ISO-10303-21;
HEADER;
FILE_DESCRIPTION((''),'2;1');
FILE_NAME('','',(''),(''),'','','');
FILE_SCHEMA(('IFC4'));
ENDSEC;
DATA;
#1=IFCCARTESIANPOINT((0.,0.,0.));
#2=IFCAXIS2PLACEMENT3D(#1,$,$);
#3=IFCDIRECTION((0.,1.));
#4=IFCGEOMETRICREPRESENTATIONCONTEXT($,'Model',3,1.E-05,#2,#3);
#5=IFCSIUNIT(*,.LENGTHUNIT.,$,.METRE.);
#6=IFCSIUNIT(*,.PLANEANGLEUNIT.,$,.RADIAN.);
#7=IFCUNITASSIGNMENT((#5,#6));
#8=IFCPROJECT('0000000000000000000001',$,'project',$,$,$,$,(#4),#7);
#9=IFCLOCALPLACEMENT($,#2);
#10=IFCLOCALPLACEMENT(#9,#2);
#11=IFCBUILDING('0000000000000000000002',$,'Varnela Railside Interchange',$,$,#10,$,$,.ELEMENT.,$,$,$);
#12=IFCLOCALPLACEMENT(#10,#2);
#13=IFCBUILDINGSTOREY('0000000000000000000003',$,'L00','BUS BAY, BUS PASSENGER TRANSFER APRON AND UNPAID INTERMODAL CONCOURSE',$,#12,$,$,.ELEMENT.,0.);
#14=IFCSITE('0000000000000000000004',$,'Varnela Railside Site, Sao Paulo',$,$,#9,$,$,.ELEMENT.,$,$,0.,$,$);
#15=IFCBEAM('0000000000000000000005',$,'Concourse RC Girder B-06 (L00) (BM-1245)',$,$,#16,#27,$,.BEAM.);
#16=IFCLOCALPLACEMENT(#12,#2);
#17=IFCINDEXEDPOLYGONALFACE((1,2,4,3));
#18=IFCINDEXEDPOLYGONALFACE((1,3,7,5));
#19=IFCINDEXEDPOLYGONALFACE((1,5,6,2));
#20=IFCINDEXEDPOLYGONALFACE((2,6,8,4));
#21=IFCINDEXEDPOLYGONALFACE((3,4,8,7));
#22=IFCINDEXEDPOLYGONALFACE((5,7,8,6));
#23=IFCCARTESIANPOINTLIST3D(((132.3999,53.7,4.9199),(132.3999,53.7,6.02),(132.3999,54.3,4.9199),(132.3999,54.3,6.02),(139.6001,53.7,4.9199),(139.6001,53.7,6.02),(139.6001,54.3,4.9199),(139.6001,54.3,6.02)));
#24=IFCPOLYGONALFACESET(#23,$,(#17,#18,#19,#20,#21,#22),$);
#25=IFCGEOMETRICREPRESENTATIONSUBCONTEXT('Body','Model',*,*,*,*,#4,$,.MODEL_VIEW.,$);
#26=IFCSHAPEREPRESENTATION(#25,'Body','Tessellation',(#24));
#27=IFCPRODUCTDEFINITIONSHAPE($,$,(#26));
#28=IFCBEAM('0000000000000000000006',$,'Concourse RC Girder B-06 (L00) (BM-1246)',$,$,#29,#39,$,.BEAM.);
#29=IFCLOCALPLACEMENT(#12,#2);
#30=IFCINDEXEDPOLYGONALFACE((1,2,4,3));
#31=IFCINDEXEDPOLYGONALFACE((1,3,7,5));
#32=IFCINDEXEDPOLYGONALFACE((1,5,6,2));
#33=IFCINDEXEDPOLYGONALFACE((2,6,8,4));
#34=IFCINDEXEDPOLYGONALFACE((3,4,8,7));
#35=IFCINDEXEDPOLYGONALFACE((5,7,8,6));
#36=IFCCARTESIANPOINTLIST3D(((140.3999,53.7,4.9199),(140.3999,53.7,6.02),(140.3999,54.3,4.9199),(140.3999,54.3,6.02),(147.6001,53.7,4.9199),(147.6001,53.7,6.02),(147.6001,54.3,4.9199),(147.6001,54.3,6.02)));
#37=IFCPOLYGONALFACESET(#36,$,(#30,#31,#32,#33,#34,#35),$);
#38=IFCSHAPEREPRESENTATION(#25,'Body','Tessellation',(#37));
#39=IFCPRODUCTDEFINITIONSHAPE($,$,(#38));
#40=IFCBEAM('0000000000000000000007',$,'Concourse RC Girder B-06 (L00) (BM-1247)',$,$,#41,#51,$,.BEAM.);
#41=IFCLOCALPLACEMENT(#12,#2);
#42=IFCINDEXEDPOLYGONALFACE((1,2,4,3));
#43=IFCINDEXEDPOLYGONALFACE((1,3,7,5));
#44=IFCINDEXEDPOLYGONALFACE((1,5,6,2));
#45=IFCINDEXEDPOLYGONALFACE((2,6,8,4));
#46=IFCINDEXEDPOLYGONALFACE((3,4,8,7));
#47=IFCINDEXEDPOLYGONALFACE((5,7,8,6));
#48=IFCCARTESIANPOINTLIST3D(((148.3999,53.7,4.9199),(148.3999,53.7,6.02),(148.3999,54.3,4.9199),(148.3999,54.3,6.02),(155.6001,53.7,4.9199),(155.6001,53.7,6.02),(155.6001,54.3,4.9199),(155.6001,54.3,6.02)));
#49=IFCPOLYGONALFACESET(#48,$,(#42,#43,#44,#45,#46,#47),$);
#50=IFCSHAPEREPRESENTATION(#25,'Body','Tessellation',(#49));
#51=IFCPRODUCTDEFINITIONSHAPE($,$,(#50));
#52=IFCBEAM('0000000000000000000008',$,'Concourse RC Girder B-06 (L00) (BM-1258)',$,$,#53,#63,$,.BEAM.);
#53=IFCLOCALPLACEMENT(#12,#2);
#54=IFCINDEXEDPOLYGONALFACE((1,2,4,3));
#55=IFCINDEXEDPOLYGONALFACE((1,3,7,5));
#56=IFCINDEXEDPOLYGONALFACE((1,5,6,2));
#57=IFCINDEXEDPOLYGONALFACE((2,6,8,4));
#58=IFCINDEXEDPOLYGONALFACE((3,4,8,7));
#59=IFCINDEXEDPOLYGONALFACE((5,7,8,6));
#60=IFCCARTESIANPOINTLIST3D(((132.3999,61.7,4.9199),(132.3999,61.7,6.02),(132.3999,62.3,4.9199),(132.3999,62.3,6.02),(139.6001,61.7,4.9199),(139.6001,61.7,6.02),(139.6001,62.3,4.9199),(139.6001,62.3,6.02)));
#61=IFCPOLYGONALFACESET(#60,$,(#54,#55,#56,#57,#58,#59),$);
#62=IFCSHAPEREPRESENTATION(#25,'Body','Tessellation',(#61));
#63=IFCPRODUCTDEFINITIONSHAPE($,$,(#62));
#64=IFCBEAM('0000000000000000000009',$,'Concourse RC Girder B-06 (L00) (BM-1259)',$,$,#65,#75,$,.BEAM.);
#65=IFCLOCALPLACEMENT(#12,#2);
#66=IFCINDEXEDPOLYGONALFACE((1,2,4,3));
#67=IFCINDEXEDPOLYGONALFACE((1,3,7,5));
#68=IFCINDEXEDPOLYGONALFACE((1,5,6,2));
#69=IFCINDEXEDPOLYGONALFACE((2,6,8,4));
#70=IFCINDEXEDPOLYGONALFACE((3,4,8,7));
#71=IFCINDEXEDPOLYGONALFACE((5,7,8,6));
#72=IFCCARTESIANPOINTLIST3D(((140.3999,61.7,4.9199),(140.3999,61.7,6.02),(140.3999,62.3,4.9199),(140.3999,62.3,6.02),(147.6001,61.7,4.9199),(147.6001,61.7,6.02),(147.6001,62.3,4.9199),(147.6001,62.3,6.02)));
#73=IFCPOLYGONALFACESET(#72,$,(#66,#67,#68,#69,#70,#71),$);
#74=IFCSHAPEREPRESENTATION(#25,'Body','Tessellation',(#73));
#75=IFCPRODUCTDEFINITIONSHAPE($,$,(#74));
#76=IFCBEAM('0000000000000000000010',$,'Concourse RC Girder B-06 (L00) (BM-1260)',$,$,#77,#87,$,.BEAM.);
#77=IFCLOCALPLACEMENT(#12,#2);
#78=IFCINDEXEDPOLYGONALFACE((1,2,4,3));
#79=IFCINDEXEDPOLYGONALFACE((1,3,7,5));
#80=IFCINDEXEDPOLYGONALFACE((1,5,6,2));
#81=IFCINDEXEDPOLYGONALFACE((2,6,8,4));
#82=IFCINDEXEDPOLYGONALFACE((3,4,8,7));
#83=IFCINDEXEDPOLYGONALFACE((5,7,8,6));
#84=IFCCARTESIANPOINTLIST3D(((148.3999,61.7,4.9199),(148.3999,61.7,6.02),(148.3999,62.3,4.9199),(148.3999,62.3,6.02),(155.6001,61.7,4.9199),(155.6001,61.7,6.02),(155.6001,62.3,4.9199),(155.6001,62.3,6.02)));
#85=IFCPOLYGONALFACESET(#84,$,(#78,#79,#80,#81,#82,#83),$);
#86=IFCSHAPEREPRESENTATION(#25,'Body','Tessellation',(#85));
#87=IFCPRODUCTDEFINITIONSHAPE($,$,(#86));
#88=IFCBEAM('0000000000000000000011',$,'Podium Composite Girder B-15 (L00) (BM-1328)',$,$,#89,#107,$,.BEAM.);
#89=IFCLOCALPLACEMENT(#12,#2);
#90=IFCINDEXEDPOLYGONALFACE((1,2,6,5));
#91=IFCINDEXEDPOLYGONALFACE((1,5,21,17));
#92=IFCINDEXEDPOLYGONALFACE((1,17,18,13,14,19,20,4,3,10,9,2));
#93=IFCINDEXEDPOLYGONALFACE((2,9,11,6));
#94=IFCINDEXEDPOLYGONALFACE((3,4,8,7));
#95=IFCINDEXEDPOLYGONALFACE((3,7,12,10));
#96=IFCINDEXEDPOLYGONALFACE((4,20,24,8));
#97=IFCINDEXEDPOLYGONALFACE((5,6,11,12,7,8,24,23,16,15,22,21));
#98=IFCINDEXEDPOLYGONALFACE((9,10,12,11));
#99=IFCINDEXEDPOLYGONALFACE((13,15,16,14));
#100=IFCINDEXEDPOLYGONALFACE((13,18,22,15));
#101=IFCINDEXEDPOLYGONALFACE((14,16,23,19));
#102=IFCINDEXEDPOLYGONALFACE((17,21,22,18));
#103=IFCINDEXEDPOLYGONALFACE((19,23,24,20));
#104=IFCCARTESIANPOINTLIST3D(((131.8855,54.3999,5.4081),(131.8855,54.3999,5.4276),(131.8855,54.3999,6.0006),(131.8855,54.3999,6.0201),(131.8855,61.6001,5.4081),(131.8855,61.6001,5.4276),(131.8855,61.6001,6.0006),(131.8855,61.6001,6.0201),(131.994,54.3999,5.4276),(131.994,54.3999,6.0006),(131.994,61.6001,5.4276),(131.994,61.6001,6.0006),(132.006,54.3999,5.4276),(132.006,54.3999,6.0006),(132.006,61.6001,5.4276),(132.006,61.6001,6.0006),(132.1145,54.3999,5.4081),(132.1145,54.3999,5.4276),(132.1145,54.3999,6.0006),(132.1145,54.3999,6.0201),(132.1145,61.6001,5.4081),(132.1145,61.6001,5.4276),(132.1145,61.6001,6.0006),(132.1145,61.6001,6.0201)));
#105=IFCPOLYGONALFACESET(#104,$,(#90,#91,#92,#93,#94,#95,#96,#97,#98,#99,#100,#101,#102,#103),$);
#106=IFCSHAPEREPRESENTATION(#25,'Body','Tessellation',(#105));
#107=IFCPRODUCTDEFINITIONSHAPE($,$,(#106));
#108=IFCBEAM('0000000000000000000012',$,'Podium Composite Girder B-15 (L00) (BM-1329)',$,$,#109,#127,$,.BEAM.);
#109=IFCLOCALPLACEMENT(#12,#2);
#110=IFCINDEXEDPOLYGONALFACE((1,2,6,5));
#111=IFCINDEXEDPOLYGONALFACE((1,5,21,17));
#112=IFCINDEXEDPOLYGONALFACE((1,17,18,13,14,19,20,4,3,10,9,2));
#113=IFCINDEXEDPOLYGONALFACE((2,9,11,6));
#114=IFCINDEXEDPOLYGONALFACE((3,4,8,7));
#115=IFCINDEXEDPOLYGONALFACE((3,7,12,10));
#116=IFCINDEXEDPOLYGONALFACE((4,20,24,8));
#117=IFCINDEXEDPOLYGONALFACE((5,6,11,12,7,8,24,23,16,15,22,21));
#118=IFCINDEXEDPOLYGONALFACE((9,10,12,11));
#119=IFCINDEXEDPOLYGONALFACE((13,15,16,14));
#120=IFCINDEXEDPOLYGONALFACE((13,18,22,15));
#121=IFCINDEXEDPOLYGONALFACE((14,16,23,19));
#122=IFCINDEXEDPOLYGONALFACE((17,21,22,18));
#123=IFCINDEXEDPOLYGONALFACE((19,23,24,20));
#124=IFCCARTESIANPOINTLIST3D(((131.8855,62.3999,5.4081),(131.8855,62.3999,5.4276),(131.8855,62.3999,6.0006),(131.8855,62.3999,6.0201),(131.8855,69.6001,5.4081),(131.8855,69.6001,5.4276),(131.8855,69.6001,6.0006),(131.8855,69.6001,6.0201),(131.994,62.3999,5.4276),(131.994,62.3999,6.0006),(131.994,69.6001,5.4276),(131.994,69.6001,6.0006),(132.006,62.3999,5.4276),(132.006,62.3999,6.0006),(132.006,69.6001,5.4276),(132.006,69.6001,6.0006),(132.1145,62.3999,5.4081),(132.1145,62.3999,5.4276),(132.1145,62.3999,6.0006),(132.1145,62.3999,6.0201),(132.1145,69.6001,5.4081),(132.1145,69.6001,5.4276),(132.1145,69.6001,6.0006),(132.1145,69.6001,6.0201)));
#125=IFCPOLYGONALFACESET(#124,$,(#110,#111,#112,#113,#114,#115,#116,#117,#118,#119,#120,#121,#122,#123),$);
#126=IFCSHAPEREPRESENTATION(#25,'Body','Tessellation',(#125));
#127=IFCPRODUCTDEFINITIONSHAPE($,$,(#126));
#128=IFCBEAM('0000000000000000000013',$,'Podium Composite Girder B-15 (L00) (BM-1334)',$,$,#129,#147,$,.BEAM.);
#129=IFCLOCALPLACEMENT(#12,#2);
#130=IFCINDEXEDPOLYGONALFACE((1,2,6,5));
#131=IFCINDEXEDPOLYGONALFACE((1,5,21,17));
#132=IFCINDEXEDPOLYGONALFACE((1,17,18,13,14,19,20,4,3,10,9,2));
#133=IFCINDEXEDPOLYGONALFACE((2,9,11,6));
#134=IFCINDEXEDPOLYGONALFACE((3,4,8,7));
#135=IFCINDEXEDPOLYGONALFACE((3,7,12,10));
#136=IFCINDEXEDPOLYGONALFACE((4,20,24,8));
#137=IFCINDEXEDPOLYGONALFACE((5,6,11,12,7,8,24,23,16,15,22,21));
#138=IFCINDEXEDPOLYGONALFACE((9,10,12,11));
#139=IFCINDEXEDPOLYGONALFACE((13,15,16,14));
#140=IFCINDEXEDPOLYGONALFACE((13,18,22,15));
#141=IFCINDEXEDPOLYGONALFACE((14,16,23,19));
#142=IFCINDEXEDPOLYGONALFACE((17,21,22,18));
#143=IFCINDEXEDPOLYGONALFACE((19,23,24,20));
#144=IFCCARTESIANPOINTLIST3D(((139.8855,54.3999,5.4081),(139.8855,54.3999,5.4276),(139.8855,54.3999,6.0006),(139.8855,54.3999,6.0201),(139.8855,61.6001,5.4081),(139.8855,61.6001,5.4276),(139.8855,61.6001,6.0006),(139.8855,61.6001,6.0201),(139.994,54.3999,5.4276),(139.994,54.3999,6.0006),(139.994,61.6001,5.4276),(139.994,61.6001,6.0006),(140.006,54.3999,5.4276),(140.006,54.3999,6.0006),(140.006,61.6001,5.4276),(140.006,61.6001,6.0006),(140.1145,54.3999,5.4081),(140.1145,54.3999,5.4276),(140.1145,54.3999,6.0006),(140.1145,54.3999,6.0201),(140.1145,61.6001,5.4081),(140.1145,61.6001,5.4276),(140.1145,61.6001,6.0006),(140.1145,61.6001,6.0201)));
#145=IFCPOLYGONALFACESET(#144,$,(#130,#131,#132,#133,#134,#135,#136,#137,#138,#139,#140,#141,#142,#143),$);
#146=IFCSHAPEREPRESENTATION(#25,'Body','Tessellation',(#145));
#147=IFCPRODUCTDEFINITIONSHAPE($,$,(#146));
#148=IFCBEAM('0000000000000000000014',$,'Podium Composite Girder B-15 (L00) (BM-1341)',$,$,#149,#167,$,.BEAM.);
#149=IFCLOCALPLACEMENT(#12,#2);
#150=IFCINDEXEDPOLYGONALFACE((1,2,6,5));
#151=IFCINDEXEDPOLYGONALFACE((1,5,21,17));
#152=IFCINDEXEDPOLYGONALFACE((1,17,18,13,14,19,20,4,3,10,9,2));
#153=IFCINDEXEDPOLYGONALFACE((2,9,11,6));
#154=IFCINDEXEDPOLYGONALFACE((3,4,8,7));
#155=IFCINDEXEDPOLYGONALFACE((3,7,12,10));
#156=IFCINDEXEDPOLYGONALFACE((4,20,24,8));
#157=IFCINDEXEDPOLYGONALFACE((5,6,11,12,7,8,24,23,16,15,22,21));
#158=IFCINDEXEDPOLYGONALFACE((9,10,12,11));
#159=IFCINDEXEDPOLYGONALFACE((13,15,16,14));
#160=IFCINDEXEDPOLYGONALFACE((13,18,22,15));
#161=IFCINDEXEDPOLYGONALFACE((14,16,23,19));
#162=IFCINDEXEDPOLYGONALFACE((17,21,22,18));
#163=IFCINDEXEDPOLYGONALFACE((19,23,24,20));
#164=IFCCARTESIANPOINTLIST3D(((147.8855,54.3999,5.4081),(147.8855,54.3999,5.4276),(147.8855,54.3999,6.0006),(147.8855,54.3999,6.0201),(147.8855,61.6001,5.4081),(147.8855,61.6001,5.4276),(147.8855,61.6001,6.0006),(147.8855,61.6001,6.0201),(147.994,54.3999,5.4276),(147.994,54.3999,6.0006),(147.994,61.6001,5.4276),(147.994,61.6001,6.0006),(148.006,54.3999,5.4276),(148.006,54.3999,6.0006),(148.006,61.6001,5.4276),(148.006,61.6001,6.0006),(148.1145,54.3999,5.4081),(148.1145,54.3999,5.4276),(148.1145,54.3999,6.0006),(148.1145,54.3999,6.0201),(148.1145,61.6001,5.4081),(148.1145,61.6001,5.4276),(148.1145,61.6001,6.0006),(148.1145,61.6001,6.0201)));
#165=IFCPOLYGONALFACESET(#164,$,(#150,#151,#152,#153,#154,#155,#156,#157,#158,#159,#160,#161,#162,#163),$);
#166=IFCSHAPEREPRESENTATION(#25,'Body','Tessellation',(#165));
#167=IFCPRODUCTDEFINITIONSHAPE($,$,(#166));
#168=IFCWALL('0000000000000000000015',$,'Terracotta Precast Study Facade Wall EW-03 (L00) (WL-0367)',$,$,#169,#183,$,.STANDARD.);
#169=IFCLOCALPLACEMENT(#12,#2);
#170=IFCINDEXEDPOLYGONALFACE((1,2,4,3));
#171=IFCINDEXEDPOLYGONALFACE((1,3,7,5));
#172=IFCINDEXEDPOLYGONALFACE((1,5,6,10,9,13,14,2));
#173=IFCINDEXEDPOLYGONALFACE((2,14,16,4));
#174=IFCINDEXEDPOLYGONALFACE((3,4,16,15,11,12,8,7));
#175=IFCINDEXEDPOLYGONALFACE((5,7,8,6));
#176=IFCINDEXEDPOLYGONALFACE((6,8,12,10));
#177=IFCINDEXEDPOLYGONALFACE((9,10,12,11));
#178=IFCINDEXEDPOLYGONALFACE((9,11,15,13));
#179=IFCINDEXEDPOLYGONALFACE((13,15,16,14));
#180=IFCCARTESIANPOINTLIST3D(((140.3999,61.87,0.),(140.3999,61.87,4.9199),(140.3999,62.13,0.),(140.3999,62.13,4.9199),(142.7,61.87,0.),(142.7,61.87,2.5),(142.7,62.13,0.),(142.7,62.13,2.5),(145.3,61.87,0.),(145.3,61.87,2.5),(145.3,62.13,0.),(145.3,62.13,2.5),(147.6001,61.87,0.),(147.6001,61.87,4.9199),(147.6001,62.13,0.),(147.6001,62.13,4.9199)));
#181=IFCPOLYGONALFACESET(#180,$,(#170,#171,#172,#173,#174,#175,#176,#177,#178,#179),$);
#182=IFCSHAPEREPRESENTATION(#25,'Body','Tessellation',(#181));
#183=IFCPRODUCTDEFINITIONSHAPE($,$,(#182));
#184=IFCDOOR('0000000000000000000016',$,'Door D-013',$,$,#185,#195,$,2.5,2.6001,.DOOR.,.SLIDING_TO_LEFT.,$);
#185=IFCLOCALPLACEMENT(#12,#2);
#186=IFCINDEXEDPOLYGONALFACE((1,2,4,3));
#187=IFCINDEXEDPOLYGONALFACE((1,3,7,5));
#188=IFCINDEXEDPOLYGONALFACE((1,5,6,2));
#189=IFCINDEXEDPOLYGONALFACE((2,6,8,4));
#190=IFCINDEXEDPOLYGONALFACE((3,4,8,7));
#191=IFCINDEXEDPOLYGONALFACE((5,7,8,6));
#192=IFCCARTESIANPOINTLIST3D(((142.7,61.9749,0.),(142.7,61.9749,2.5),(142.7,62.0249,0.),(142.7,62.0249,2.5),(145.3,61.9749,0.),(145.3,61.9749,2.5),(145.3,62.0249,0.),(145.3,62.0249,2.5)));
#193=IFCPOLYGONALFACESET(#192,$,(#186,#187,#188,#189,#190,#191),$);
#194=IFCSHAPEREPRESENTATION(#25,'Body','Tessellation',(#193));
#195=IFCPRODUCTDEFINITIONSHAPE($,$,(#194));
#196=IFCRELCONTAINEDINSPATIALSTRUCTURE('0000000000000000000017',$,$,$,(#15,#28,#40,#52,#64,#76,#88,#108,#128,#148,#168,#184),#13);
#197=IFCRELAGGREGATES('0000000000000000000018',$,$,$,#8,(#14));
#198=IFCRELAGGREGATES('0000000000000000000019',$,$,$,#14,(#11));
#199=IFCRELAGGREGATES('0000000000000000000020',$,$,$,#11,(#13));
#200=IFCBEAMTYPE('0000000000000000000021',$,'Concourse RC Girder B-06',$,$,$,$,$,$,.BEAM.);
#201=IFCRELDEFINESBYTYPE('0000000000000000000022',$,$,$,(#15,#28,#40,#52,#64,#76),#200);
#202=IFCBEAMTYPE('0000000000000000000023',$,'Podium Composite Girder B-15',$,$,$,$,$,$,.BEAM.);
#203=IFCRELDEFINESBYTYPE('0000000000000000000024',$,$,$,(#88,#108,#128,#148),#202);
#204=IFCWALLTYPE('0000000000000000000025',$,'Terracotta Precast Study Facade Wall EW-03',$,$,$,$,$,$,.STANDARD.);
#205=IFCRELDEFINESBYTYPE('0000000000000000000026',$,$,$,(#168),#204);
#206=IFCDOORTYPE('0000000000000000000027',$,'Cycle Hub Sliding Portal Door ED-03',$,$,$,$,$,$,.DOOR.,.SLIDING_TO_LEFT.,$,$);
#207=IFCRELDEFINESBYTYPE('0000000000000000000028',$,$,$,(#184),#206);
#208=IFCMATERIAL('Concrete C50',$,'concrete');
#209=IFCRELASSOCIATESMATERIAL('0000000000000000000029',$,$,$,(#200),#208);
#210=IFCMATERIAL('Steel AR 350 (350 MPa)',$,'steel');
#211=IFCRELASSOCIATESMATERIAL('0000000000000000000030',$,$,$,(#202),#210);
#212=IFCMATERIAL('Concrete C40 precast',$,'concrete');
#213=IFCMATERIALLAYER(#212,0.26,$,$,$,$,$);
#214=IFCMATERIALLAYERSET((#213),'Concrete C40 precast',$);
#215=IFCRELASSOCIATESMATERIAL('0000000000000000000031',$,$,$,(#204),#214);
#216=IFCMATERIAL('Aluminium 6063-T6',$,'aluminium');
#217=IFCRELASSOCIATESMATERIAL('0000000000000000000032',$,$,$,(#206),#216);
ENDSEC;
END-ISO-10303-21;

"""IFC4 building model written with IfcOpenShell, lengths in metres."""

from ifc_helpers import new_model, si_unit, direction, frame, frame_2d, origin, origin_2d, place, context, subcontext, project, spatial, rectangle, i_section, extrude, material, layer, layer_set, material_profile, profile_set, type_object, element, fill, save


model = new_model("IFC4")

# Units and contexts
model_context = context("Model", 3, precision=1e-05, world=origin(), true_north=direction((0.0, 1.0)))
body_context = subcontext(model_context, "Body", "Model", "MODEL_VIEW")
ifc_project = project(units=[si_unit("LENGTHUNIT", "METRE"), si_unit("PLANEANGLEUNIT", "RADIAN")], contexts=[model_context])

# Site, building, storey
site_placement = place(None, origin())
site = spatial("IfcSite", under=ifc_project, at=site_placement, Name="Varnela Railside Site, Sao Paulo", CompositionType="ELEMENT", RefElevation=0.0)
building_placement = place(site_placement, origin())
building = spatial("IfcBuilding", under=site, at=building_placement, Name="Varnela Railside Interchange", CompositionType="ELEMENT")
storey_placement = place(building_placement, origin())
storey = spatial("IfcBuildingStorey", under=building, at=storey_placement, Name="L00", Description="BUS BAY, BUS PASSENGER TRANSFER APRON AND UNPAID INTERMODAL CONCOURSE", CompositionType="ELEMENT", Elevation=0.0)

# Shared definitions
ifc_material_1 = material(Name="Concrete C50", Category="concrete")

# Beams
ifc_material_2 = material(Name="Steel AR 350 (350 MPa)", Category="steel")
ifc_material_profile_1 = material_profile(ifc_material_1, rectangle(XDim=0.6001, YDim=1.1001, at=origin_2d()), Name="RC 600x1100")
ifc_profile_set_1 = profile_set([ifc_material_profile_1], Name="Concrete C50")
beam_type_1 = type_object("IfcBeamType", Name="Concourse RC Girder B-06", PredefinedType="BEAM", material=ifc_profile_set_1)
for number, where, z_axis, x_axis, name in (
    (1, (132.3999, 54.0, 5.47), (1.0, 0.0, 0.0), (0.0, 1.0, 0.0), "Concourse RC Girder B-06 (L00) (BM-1245)"),
    (2, (140.3999, 54.0, 5.47), (1.0, 0.0, 0.0), (0.0, 1.0, 0.0), "Concourse RC Girder B-06 (L00) (BM-1246)"),
    (3, (148.3999, 54.0, 5.47), (1.0, 0.0, 0.0), (0.0, 1.0, 0.0), "Concourse RC Girder B-06 (L00) (BM-1247)"),
    (4, (132.3999, 62.0, 5.47), (1.0, 0.0, 0.0), (0.0, 1.0, 0.0), "Concourse RC Girder B-06 (L00) (BM-1258)"),
    (5, (140.3999, 62.0, 5.47), (1.0, 0.0, 0.0), (0.0, 1.0, 0.0), "Concourse RC Girder B-06 (L00) (BM-1259)"),
    (6, (148.3999, 62.0, 5.47), (1.0, 0.0, 0.0), (0.0, 1.0, 0.0), "Concourse RC Girder B-06 (L00) (BM-1260)"),
):
    element("IfcBeam", number, at=place(storey_placement, frame(where, z_axis=z_axis, x_axis=x_axis)), inside=storey, type_object=beam_type_1, Name=name, PredefinedType="BEAM", context=body_context, shape_type="SweptSolid", body=[
        extrude(rectangle(XDim=0.6001, YDim=1.1001, at=origin_2d()), origin(), (0.0, 0.0, 1.0), 7.2002),
    ])
ifc_material_profile_2 = material_profile(ifc_material_2, i_section(OverallWidth=0.229, OverallDepth=0.6121, WebThickness=0.012, FlangeThickness=0.0195, at=origin_2d()), Name="W610x125")
ifc_profile_set_2 = profile_set([ifc_material_profile_2], Name="Steel AR 350 (350 MPa)")
beam_type_2 = type_object("IfcBeamType", Name="Podium Composite Girder B-15", PredefinedType="BEAM", material=ifc_profile_set_2)
for number, where, z_axis, x_axis, name in (
    (7, (132.0, 54.3999, 5.7141), (0.0, 1.0, 0.0), (-1.0, 0.0, 0.0), "Podium Composite Girder B-15 (L00) (BM-1328)"),
    (8, (132.0, 62.3999, 5.7141), (0.0, 1.0, 0.0), (-1.0, 0.0, 0.0), "Podium Composite Girder B-15 (L00) (BM-1329)"),
    (9, (140.0, 54.3999, 5.7141), (0.0, 1.0, 0.0), (-1.0, 0.0, 0.0), "Podium Composite Girder B-15 (L00) (BM-1334)"),
    (10, (148.0, 54.3999, 5.7141), (0.0, 1.0, 0.0), (-1.0, 0.0, 0.0), "Podium Composite Girder B-15 (L00) (BM-1341)"),
):
    element("IfcBeam", number, at=place(storey_placement, frame(where, z_axis=z_axis, x_axis=x_axis)), inside=storey, type_object=beam_type_2, Name=name, PredefinedType="BEAM", context=body_context, shape_type="SweptSolid", body=[
        extrude(i_section(OverallWidth=0.229, OverallDepth=0.6121, WebThickness=0.012, FlangeThickness=0.0195, at=origin_2d()), origin(), (0.0, 0.0, 1.0), 7.2002),
    ])

# Wall, opening, door
ifc_material_3 = material(Name="Concrete C40 precast", Category="concrete")
ifc_layer = layer(ifc_material_3, 0.26)
ifc_layer_set = layer_set([ifc_layer], Name="Concrete C40 precast")
wall_type = type_object("IfcWallType", Name="Terracotta Precast Study Facade Wall EW-03", PredefinedType="STANDARD", material=ifc_layer_set)
wall_1_placement = place(storey_placement, frame((140.3999, 62.0, 0.0), z_axis=(0.0, 0.0, 1.0), x_axis=(1.0, 0.0, 0.0)))
wall_1 = element("IfcWall", 11, at=wall_1_placement, inside=storey, type_object=wall_type, Name="Terracotta Precast Study Facade Wall EW-03 (L00) (WL-0367)", PredefinedType="STANDARD", context=body_context, shape_type="SweptSolid", body=[
    extrude(rectangle(XDim=7.2002, YDim=0.26, at=frame_2d((3.6001, 0.0))), origin(), (0.0, 0.0, 1.0), 4.9199),
])
opening_1_placement = place(wall_1_placement, frame((2.3, 0.0, 0.0)))
opening_1 = element("IfcOpeningElement", 12, at=opening_1_placement, cuts=wall_1, PredefinedType="OPENING", context=body_context, shape_type="SweptSolid", body=[
    extrude(rectangle(XDim=2.6001, YDim=2.5, at=frame_2d((1.3, 1.25))), frame((0.0, 0.1399, 0.0), z_axis=(0.0, -1.0, 0.0), x_axis=(1.0, 0.0, 0.0)), (0.0, 0.0, 1.0), 0.28),
])
ifc_material_4 = material(Name="Aluminium 6063-T6", Category="aluminium")
door_type = type_object("IfcDoorType", Name="Cycle Hub Sliding Portal Door ED-03", OperationType="SLIDING_TO_LEFT", PredefinedType="DOOR", material=ifc_material_4)
door_1_placement = place(opening_1_placement, origin())
door_1 = element("IfcDoor", 13, at=door_1_placement, inside=storey, type_object=door_type, Name="Door D-013", OperationType="SLIDING_TO_LEFT", OverallHeight=2.5, OverallWidth=2.6001, PredefinedType="DOOR", context=body_context, shape_type="SweptSolid", body=[
    extrude(rectangle(XDim=2.6001, YDim=2.5, at=frame_2d((1.3, 1.25))), frame((0.0, 0.0249, 0.0), z_axis=(0.0, -1.0, 0.0), x_axis=(1.0, 0.0, 0.0)), (0.0, 0.0, 1.0), 0.05),
])
fill(opening_1, door_1)

save(model, "model.ifc")
